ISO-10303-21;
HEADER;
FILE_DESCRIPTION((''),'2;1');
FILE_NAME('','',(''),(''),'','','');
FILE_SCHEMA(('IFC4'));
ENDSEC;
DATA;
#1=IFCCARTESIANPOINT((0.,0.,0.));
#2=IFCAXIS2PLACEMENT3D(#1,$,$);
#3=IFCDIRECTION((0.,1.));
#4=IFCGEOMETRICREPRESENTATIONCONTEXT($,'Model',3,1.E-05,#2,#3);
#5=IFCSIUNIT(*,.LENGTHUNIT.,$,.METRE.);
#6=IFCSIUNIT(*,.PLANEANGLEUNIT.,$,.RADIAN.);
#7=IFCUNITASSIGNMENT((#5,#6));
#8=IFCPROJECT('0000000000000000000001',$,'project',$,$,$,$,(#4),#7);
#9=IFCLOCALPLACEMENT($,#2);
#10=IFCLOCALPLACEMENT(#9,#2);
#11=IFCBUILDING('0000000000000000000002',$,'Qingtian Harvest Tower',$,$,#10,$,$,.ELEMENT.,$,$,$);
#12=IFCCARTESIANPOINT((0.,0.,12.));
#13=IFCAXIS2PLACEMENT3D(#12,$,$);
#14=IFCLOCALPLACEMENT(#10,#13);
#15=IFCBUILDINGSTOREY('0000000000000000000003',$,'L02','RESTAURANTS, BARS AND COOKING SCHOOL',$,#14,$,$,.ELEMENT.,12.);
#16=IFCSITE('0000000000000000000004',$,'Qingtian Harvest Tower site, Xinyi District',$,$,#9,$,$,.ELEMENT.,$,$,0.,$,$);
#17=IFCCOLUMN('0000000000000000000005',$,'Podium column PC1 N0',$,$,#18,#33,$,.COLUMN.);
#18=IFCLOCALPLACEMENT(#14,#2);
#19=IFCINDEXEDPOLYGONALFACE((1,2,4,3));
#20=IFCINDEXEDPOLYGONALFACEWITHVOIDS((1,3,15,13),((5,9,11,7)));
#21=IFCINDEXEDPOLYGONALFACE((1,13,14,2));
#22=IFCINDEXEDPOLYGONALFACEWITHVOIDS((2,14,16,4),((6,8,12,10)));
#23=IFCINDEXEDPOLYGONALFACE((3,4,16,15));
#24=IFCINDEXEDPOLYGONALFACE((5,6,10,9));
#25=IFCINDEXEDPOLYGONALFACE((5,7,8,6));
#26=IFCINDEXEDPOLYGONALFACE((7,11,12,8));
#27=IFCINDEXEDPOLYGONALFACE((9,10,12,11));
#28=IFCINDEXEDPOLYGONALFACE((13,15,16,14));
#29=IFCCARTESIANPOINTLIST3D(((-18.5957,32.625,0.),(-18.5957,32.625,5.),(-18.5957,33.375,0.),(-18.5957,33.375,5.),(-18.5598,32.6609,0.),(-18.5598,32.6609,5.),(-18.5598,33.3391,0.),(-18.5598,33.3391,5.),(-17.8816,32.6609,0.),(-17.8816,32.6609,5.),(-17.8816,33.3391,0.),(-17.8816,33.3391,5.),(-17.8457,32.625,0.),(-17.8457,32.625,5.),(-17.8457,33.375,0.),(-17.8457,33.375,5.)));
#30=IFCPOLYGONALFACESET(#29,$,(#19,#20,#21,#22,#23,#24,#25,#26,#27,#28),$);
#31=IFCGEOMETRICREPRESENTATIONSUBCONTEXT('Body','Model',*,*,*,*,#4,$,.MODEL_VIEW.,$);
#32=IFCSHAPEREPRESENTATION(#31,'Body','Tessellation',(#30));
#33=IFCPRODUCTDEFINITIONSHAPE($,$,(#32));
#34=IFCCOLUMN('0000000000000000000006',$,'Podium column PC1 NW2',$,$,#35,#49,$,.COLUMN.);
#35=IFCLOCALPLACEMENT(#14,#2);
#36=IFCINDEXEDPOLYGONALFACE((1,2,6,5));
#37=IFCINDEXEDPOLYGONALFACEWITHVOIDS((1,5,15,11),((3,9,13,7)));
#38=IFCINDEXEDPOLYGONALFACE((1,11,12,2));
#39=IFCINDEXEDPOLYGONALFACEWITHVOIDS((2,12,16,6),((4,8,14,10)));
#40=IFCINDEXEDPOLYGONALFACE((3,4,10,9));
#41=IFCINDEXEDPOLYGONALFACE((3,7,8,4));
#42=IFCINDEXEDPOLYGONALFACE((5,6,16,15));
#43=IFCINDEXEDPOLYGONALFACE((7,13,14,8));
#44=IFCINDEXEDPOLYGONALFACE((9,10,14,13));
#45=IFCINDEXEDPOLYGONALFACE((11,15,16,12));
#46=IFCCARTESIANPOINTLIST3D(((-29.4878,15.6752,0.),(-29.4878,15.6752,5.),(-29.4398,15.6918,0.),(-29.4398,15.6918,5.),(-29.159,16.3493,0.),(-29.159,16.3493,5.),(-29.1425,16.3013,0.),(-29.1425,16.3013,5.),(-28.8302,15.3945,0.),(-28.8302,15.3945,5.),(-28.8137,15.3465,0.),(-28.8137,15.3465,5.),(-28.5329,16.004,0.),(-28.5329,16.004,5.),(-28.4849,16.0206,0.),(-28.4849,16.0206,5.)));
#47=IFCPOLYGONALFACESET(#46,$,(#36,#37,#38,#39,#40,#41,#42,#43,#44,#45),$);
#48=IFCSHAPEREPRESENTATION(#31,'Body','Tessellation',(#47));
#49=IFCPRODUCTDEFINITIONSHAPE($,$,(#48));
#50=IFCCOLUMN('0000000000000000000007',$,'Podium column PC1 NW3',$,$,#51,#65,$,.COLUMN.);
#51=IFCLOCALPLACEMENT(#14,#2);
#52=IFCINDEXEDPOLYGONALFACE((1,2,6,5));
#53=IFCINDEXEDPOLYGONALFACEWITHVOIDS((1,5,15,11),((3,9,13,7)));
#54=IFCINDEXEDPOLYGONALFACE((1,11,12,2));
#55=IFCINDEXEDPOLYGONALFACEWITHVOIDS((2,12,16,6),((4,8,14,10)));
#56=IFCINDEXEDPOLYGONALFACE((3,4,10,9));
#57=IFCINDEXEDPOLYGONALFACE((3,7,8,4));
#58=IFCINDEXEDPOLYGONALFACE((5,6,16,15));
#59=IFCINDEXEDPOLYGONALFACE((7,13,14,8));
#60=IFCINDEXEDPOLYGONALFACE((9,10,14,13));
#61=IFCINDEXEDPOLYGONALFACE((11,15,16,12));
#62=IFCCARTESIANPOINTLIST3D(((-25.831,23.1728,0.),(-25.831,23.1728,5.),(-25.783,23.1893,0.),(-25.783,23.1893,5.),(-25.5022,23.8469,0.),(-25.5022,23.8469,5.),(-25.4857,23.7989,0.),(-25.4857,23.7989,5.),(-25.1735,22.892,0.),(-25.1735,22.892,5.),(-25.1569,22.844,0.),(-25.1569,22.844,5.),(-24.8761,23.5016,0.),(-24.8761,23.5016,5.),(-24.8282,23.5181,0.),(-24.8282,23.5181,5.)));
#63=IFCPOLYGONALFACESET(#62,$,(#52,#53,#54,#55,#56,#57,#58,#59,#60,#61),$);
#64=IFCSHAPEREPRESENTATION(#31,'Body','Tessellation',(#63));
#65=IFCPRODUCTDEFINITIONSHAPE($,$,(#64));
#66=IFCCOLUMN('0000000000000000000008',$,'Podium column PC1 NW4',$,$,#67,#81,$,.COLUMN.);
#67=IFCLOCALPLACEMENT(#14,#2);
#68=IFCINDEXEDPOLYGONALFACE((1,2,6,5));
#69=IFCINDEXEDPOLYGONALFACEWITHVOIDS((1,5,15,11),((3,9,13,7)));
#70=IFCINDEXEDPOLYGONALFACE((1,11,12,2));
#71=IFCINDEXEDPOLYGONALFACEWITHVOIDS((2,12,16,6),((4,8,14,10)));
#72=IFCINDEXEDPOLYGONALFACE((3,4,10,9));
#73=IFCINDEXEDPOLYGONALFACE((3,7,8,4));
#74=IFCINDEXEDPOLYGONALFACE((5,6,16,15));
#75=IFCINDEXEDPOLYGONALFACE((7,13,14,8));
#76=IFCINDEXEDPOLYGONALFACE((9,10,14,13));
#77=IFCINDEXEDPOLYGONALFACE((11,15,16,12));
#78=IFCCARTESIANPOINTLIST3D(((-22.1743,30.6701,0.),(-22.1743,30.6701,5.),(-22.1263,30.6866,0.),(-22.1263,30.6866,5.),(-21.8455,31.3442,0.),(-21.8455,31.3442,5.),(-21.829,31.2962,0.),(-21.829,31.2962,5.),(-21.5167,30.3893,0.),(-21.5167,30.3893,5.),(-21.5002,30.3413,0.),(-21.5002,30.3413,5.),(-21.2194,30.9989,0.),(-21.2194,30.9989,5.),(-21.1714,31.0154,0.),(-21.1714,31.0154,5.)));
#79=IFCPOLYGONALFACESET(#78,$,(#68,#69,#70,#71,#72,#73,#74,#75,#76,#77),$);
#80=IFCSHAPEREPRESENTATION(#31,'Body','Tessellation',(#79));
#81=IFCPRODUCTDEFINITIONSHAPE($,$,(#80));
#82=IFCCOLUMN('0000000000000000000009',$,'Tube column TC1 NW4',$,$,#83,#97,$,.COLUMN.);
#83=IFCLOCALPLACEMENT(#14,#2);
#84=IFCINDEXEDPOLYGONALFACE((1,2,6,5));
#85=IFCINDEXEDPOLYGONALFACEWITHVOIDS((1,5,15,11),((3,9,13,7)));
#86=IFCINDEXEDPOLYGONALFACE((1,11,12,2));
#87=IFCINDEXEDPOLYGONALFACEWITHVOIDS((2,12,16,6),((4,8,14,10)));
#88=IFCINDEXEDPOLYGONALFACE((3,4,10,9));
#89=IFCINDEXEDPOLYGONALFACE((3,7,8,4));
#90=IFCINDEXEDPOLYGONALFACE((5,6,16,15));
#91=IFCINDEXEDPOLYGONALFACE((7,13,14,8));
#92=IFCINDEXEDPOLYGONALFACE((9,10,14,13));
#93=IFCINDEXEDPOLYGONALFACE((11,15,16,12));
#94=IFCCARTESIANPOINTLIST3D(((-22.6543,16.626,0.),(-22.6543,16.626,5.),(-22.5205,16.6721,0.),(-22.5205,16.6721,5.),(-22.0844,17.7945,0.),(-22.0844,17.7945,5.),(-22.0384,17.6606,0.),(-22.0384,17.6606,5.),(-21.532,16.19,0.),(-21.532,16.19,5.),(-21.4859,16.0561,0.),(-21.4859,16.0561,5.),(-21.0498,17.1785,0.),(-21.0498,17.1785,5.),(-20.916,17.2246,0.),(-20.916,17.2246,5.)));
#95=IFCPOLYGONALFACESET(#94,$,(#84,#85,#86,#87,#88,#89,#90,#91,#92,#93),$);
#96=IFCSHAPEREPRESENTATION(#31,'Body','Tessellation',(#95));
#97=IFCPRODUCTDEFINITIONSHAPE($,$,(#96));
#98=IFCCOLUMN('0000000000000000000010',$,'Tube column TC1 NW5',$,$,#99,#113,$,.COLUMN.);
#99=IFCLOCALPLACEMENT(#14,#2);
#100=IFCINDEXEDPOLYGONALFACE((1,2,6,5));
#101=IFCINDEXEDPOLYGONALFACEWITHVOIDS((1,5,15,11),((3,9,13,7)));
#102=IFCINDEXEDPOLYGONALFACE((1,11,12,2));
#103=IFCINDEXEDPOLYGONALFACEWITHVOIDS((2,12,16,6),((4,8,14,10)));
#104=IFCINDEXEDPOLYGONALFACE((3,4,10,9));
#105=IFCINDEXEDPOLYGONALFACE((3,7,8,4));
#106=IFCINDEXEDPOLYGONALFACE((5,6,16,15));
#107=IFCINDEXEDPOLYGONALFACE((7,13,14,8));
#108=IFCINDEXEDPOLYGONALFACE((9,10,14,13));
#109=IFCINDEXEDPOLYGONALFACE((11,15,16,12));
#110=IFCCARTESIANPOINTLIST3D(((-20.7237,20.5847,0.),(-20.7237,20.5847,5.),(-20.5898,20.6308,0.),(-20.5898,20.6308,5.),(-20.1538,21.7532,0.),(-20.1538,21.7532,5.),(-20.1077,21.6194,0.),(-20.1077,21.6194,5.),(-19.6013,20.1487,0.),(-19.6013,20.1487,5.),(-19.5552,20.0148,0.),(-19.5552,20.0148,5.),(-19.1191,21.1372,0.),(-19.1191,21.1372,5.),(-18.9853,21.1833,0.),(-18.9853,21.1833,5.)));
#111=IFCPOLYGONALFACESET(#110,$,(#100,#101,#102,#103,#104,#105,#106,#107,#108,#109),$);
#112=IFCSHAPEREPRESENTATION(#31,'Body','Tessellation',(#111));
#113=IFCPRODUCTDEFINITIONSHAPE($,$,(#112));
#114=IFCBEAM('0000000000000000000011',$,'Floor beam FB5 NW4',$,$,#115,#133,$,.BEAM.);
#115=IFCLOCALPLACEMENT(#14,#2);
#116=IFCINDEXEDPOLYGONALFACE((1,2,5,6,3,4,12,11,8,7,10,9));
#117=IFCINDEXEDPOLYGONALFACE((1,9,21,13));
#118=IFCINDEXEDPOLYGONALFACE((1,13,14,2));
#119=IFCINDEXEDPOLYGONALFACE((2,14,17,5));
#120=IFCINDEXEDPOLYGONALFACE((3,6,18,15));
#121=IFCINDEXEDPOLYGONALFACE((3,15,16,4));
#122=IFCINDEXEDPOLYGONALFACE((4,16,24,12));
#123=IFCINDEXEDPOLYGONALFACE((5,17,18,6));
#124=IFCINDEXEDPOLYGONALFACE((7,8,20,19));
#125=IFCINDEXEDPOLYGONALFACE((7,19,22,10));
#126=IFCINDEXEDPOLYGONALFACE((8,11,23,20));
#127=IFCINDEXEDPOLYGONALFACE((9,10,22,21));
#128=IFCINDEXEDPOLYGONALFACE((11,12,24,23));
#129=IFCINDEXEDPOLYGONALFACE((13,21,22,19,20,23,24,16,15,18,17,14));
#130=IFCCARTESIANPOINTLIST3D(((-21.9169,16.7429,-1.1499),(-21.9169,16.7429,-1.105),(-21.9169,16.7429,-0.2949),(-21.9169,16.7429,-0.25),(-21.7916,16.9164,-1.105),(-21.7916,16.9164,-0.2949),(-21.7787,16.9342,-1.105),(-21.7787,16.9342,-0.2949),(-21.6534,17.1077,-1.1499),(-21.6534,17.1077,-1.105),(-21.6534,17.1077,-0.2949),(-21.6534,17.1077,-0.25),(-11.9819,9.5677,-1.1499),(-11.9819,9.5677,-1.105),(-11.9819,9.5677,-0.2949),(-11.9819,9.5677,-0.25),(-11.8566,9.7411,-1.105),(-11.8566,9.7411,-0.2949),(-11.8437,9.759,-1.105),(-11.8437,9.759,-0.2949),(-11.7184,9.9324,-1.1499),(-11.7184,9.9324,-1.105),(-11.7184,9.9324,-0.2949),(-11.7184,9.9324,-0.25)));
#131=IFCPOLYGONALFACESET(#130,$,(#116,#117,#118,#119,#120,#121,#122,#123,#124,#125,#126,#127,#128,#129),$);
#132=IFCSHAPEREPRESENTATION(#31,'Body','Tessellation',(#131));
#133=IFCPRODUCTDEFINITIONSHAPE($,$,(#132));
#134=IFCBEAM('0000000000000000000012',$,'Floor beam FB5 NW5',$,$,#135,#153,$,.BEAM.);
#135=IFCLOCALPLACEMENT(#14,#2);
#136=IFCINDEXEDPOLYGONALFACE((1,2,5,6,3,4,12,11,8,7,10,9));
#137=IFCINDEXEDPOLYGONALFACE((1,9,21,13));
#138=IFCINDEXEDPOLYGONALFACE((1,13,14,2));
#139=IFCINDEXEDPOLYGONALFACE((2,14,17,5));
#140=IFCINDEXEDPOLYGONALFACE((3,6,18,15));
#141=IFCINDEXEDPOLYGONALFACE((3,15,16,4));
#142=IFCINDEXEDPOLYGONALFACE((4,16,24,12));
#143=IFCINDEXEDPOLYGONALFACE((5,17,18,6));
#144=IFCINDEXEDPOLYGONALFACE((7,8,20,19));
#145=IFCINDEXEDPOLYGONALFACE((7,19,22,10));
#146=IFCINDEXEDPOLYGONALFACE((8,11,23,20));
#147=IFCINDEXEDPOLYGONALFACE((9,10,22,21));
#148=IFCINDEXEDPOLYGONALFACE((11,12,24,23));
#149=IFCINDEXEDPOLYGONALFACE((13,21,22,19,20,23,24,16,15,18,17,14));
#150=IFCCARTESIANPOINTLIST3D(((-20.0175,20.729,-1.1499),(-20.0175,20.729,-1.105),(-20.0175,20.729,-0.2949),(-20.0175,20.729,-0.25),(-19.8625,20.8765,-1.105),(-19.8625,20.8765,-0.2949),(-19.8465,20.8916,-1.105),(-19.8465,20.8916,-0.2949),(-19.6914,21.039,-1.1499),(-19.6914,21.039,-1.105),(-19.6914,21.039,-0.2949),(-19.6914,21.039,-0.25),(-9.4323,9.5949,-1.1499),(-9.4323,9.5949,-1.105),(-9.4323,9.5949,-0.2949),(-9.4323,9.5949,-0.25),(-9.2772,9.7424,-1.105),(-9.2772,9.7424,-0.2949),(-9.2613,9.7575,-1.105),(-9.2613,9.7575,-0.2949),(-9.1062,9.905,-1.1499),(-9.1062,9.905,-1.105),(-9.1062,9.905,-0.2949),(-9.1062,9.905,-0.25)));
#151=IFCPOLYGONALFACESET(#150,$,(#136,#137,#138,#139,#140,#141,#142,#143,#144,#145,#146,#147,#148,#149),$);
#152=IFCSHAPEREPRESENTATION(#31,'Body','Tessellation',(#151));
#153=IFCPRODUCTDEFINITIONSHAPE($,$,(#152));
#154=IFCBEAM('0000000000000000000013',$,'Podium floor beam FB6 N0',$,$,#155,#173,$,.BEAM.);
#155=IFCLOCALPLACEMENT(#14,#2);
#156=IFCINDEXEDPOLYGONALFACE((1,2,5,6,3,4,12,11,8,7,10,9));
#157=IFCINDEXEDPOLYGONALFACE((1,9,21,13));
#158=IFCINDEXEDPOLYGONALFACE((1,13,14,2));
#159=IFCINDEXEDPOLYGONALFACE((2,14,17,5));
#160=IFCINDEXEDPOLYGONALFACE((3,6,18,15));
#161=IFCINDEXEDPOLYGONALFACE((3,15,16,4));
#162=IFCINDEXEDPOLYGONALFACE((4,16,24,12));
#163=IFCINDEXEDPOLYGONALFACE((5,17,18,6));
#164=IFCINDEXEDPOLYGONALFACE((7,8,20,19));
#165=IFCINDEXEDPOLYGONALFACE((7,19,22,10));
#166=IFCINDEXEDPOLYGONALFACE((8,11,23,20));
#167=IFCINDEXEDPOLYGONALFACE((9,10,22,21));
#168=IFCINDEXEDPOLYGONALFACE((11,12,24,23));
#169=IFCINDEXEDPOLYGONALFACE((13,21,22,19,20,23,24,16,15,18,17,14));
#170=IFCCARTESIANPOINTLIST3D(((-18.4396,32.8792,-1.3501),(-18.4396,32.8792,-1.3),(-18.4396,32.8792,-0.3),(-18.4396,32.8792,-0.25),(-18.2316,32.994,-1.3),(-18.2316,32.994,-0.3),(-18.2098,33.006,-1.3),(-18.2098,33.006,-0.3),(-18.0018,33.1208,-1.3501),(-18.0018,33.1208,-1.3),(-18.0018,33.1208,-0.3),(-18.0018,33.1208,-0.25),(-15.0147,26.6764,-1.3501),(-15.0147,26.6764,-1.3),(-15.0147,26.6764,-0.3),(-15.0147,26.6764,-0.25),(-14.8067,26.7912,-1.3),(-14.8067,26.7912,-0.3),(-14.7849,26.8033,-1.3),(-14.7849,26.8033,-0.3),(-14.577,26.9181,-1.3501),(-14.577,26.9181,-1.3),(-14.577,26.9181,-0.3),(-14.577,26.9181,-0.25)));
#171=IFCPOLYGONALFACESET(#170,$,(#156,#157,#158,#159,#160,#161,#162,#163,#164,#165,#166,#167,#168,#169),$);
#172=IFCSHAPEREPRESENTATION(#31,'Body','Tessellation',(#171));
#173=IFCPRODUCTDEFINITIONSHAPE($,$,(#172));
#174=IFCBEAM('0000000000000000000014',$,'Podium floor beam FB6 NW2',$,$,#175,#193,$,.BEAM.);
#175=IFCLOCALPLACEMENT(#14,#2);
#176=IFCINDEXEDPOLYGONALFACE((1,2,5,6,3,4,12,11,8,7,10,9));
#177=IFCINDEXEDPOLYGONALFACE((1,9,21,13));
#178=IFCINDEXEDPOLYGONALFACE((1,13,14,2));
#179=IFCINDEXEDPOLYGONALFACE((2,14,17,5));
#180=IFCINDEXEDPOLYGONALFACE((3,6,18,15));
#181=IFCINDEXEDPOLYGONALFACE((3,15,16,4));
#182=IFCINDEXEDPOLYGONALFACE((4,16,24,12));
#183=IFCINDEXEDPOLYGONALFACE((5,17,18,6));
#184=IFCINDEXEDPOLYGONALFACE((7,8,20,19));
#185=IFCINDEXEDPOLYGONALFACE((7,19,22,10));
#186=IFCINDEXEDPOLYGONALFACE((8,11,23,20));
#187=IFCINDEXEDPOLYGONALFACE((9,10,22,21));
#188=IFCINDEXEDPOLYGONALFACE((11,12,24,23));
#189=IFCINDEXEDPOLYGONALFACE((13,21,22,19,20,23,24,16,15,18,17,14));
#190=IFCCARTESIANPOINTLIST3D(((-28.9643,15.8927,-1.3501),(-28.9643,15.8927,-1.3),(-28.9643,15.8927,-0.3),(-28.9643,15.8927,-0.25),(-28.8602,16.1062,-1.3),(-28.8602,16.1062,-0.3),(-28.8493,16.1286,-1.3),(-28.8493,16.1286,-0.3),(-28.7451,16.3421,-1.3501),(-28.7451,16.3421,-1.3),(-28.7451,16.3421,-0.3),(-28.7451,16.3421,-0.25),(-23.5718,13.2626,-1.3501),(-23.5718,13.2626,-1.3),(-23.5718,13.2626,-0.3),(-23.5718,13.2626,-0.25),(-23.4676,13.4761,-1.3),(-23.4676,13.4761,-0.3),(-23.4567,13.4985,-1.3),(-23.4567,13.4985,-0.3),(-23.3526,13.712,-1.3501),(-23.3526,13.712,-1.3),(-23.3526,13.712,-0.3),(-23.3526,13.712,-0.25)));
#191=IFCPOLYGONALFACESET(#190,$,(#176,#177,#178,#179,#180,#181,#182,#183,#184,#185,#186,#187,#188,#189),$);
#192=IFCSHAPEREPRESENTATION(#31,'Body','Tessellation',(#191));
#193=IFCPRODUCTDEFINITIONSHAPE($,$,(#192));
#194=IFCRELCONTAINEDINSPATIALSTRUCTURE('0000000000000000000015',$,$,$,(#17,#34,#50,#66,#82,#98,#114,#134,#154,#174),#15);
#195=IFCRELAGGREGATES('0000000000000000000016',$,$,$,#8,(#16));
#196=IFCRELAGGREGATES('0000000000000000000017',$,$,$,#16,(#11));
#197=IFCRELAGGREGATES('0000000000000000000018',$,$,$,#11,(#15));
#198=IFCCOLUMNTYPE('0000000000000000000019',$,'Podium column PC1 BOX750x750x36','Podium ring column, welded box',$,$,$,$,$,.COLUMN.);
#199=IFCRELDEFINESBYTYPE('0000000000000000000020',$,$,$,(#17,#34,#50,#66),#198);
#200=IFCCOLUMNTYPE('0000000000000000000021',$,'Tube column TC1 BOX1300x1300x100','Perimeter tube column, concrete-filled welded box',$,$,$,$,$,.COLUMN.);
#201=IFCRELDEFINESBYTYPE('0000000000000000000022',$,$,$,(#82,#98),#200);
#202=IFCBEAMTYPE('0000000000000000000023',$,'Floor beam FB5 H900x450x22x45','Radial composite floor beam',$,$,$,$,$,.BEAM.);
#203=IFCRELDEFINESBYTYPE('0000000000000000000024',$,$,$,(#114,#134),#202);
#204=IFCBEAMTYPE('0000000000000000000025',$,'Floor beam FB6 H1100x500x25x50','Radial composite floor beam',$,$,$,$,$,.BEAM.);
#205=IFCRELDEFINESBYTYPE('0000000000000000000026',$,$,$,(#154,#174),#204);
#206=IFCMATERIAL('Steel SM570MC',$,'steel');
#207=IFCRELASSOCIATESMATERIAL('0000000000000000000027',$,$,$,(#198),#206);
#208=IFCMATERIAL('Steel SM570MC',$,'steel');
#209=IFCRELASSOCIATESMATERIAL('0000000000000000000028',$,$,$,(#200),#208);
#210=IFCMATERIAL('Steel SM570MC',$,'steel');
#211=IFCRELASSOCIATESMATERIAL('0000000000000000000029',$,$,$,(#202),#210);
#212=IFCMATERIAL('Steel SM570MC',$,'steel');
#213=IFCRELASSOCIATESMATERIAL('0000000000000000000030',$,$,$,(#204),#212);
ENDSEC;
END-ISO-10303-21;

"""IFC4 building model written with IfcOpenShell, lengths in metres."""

from ifc_helpers import new_model, si_unit, direction, frame, origin, origin_2d, place, context, subcontext, project, spatial, hollow_rectangle, i_section, extrude, material, material_profile, profile_set, type_object, element, save


model = new_model("IFC4")

# Units and contexts
model_context = context("Model", 3, precision=1e-05, world=origin(), true_north=direction((0.0, 1.0)))
body_context = subcontext(model_context, "Body", "Model", "MODEL_VIEW")
ifc_project = project(units=[si_unit("LENGTHUNIT", "METRE"), si_unit("PLANEANGLEUNIT", "RADIAN")], contexts=[model_context])

# Site, building, storey
site_placement = place(None, origin())
site = spatial("IfcSite", under=ifc_project, at=site_placement, Name="Qingtian Harvest Tower site, Xinyi District", CompositionType="ELEMENT", RefElevation=0.0)
building_placement = place(site_placement, origin())
building = spatial("IfcBuilding", under=site, at=building_placement, Name="Qingtian Harvest Tower", CompositionType="ELEMENT")
storey_placement = place(building_placement, frame((0.0, 0.0, 12.0)))
storey = spatial("IfcBuildingStorey", under=building, at=storey_placement, Name="L02", Description="RESTAURANTS, BARS AND COOKING SCHOOL", CompositionType="ELEMENT", Elevation=12.0)

# Columns
ifc_material_1 = material(Name="Steel SM570MC", Category="steel")
ifc_material_profile_1 = material_profile(ifc_material_1, hollow_rectangle(XDim=0.75, YDim=0.75, WallThickness=0.0359, at=origin_2d()), Name="BOX750x750x36")
ifc_profile_set_1 = profile_set([ifc_material_profile_1], Name="Steel SM570MC")
column_type_1 = type_object("IfcColumnType", Name="Podium column PC1 BOX750x750x36", Description="Podium ring column, welded box", PredefinedType="COLUMN", material=ifc_profile_set_1)
for number, where, z_axis, x_axis, name in (
    (1, (-18.2207, 33.0, 0.0), (0.0, 0.0, 1.0), (-1.0, 0.0, 0.0), "Podium column PC1 N0"),
    (2, (-28.9863, 15.8479, 0.0), (0.0, 0.0, 1.0), (-0.438371, -0.898794, 0.0), "Podium column PC1 NW2"),
    (3, (-25.3296, 23.3455, 0.0), (0.0, 0.0, 1.0), (-0.438371, -0.898794, 0.0), "Podium column PC1 NW3"),
    (4, (-21.6729, 30.8428, 0.0), (0.0, 0.0, 1.0), (-0.438371, -0.898794, 0.0), "Podium column PC1 NW4"),
):
    element("IfcColumn", number, at=place(storey_placement, frame(where, z_axis=z_axis, x_axis=x_axis)), inside=storey, type_object=column_type_1, Name=name, PredefinedType="COLUMN", context=body_context, shape_type="SweptSolid", body=[
        extrude(hollow_rectangle(XDim=0.75, YDim=0.75, WallThickness=0.0359, at=origin_2d()), origin(), (0.0, 0.0, 1.0), 5.0),
    ])
ifc_material_2 = material(Name="Steel SM570MC", Category="steel")
ifc_material_profile_2 = material_profile(ifc_material_2, hollow_rectangle(XDim=1.3, YDim=1.3, WallThickness=0.1001, at=origin_2d()), Name="BOX1300x1300x100")
ifc_profile_set_2 = profile_set([ifc_material_profile_2], Name="Steel SM570MC")
column_type_2 = type_object("IfcColumnType", Name="Tube column TC1 BOX1300x1300x100", Description="Perimeter tube column, concrete-filled welded box", PredefinedType="COLUMN", material=ifc_profile_set_2)
for number, where, z_axis, x_axis, name in (
    (5, (-21.7852, 16.9253, 0.0), (0.0, 0.0, 1.0), (-0.438371, -0.898794, 0.0), "Tube column TC1 NW4"),
    (6, (-19.8545, 20.884, 0.0), (0.0, 0.0, 1.0), (-0.438371, -0.898794, 0.0), "Tube column TC1 NW5"),
):
    element("IfcColumn", number, at=place(storey_placement, frame(where, z_axis=z_axis, x_axis=x_axis)), inside=storey, type_object=column_type_2, Name=name, PredefinedType="COLUMN", context=body_context, shape_type="SweptSolid", body=[
        extrude(hollow_rectangle(XDim=1.3, YDim=1.3, WallThickness=0.1001, at=origin_2d()), origin(), (0.0, 0.0, 1.0), 5.0),
    ])

# Beams
ifc_material_3 = material(Name="Steel SM570MC", Category="steel")
ifc_material_profile_3 = material_profile(ifc_material_3, i_section(OverallWidth=0.45, OverallDepth=0.8999, WebThickness=0.022, FlangeThickness=0.0449, at=origin_2d()), Name="H900x450x22x45")
ifc_profile_set_3 = profile_set([ifc_material_profile_3], Name="Steel SM570MC")
beam_type_1 = type_object("IfcBeamType", Name="Floor beam FB5 H900x450x22x45", Description="Radial composite floor beam", PredefinedType="BEAM", material=ifc_profile_set_3)
beam_1_placement = place(storey_placement, frame((-21.7852, 16.9253, -0.7), z_axis=(0.81068, -0.585489, 0.0), x_axis=(0.585489, 0.81068, 0.0)))
element("IfcBeam", 7, at=beam_1_placement, inside=storey, type_object=beam_type_1, Name="Floor beam FB5 NW4", PredefinedType="BEAM", context=body_context, shape_type="SweptSolid", body=[
    extrude(i_section(OverallWidth=0.45, OverallDepth=0.8999, WebThickness=0.022, FlangeThickness=0.0449, at=origin_2d()), origin(), (0.0, 0.0, 1.0), 12.2551),
])
beam_2_placement = place(storey_placement, frame((-19.8545, 20.884, -0.7), z_axis=(0.689019, -0.724743, 0.0), x_axis=(0.724743, 0.689019, 0.0)))
element("IfcBeam", 8, at=beam_2_placement, inside=storey, type_object=beam_type_1, Name="Floor beam FB5 NW5", PredefinedType="BEAM", context=body_context, shape_type="SweptSolid", body=[
    extrude(i_section(OverallWidth=0.45, OverallDepth=0.8999, WebThickness=0.022, FlangeThickness=0.0449, at=origin_2d()), origin(), (0.0, 0.0, 1.0), 15.3628),
])
ifc_material_4 = material(Name="Steel SM570MC", Category="steel")
ifc_material_profile_4 = material_profile(ifc_material_4, i_section(OverallWidth=0.5, OverallDepth=1.1001, WebThickness=0.0249, FlangeThickness=0.05, at=origin_2d()), Name="H1100x500x25x50")
ifc_profile_set_4 = profile_set([ifc_material_profile_4], Name="Steel SM570MC")
beam_type_2 = type_object("IfcBeamType", Name="Floor beam FB6 H1100x500x25x50", Description="Radial composite floor beam", PredefinedType="BEAM", material=ifc_profile_set_4)
beam_3_placement = place(storey_placement, frame((-18.2207, 33.0, -0.8), z_axis=(0.483365, -0.875419, 0.0), x_axis=(0.875419, 0.483365, 0.0)))
element("IfcBeam", 9, at=beam_3_placement, inside=storey, type_object=beam_type_2, Name="Podium floor beam FB6 N0", PredefinedType="BEAM", context=body_context, shape_type="SweptSolid", body=[
    extrude(i_section(OverallWidth=0.5, OverallDepth=1.1001, WebThickness=0.0249, FlangeThickness=0.05, at=origin_2d()), origin(), (0.0, 0.0, 1.0), 7.0854),
])
beam_4_placement = place(storey_placement, frame((-28.8547, 16.1174, -0.8), z_axis=(0.898795, -0.43837, 0.0), x_axis=(0.43837, 0.898795, 0.0)))
element("IfcBeam", 10, at=beam_4_placement, inside=storey, type_object=beam_type_2, Name="Podium floor beam FB6 NW2", PredefinedType="BEAM", context=body_context, shape_type="SweptSolid", body=[
    extrude(i_section(OverallWidth=0.5, OverallDepth=1.1001, WebThickness=0.0249, FlangeThickness=0.05, at=origin_2d()), origin(), (0.0, 0.0, 1.0), 5.9998),
])

save(model, "model.ifc")
